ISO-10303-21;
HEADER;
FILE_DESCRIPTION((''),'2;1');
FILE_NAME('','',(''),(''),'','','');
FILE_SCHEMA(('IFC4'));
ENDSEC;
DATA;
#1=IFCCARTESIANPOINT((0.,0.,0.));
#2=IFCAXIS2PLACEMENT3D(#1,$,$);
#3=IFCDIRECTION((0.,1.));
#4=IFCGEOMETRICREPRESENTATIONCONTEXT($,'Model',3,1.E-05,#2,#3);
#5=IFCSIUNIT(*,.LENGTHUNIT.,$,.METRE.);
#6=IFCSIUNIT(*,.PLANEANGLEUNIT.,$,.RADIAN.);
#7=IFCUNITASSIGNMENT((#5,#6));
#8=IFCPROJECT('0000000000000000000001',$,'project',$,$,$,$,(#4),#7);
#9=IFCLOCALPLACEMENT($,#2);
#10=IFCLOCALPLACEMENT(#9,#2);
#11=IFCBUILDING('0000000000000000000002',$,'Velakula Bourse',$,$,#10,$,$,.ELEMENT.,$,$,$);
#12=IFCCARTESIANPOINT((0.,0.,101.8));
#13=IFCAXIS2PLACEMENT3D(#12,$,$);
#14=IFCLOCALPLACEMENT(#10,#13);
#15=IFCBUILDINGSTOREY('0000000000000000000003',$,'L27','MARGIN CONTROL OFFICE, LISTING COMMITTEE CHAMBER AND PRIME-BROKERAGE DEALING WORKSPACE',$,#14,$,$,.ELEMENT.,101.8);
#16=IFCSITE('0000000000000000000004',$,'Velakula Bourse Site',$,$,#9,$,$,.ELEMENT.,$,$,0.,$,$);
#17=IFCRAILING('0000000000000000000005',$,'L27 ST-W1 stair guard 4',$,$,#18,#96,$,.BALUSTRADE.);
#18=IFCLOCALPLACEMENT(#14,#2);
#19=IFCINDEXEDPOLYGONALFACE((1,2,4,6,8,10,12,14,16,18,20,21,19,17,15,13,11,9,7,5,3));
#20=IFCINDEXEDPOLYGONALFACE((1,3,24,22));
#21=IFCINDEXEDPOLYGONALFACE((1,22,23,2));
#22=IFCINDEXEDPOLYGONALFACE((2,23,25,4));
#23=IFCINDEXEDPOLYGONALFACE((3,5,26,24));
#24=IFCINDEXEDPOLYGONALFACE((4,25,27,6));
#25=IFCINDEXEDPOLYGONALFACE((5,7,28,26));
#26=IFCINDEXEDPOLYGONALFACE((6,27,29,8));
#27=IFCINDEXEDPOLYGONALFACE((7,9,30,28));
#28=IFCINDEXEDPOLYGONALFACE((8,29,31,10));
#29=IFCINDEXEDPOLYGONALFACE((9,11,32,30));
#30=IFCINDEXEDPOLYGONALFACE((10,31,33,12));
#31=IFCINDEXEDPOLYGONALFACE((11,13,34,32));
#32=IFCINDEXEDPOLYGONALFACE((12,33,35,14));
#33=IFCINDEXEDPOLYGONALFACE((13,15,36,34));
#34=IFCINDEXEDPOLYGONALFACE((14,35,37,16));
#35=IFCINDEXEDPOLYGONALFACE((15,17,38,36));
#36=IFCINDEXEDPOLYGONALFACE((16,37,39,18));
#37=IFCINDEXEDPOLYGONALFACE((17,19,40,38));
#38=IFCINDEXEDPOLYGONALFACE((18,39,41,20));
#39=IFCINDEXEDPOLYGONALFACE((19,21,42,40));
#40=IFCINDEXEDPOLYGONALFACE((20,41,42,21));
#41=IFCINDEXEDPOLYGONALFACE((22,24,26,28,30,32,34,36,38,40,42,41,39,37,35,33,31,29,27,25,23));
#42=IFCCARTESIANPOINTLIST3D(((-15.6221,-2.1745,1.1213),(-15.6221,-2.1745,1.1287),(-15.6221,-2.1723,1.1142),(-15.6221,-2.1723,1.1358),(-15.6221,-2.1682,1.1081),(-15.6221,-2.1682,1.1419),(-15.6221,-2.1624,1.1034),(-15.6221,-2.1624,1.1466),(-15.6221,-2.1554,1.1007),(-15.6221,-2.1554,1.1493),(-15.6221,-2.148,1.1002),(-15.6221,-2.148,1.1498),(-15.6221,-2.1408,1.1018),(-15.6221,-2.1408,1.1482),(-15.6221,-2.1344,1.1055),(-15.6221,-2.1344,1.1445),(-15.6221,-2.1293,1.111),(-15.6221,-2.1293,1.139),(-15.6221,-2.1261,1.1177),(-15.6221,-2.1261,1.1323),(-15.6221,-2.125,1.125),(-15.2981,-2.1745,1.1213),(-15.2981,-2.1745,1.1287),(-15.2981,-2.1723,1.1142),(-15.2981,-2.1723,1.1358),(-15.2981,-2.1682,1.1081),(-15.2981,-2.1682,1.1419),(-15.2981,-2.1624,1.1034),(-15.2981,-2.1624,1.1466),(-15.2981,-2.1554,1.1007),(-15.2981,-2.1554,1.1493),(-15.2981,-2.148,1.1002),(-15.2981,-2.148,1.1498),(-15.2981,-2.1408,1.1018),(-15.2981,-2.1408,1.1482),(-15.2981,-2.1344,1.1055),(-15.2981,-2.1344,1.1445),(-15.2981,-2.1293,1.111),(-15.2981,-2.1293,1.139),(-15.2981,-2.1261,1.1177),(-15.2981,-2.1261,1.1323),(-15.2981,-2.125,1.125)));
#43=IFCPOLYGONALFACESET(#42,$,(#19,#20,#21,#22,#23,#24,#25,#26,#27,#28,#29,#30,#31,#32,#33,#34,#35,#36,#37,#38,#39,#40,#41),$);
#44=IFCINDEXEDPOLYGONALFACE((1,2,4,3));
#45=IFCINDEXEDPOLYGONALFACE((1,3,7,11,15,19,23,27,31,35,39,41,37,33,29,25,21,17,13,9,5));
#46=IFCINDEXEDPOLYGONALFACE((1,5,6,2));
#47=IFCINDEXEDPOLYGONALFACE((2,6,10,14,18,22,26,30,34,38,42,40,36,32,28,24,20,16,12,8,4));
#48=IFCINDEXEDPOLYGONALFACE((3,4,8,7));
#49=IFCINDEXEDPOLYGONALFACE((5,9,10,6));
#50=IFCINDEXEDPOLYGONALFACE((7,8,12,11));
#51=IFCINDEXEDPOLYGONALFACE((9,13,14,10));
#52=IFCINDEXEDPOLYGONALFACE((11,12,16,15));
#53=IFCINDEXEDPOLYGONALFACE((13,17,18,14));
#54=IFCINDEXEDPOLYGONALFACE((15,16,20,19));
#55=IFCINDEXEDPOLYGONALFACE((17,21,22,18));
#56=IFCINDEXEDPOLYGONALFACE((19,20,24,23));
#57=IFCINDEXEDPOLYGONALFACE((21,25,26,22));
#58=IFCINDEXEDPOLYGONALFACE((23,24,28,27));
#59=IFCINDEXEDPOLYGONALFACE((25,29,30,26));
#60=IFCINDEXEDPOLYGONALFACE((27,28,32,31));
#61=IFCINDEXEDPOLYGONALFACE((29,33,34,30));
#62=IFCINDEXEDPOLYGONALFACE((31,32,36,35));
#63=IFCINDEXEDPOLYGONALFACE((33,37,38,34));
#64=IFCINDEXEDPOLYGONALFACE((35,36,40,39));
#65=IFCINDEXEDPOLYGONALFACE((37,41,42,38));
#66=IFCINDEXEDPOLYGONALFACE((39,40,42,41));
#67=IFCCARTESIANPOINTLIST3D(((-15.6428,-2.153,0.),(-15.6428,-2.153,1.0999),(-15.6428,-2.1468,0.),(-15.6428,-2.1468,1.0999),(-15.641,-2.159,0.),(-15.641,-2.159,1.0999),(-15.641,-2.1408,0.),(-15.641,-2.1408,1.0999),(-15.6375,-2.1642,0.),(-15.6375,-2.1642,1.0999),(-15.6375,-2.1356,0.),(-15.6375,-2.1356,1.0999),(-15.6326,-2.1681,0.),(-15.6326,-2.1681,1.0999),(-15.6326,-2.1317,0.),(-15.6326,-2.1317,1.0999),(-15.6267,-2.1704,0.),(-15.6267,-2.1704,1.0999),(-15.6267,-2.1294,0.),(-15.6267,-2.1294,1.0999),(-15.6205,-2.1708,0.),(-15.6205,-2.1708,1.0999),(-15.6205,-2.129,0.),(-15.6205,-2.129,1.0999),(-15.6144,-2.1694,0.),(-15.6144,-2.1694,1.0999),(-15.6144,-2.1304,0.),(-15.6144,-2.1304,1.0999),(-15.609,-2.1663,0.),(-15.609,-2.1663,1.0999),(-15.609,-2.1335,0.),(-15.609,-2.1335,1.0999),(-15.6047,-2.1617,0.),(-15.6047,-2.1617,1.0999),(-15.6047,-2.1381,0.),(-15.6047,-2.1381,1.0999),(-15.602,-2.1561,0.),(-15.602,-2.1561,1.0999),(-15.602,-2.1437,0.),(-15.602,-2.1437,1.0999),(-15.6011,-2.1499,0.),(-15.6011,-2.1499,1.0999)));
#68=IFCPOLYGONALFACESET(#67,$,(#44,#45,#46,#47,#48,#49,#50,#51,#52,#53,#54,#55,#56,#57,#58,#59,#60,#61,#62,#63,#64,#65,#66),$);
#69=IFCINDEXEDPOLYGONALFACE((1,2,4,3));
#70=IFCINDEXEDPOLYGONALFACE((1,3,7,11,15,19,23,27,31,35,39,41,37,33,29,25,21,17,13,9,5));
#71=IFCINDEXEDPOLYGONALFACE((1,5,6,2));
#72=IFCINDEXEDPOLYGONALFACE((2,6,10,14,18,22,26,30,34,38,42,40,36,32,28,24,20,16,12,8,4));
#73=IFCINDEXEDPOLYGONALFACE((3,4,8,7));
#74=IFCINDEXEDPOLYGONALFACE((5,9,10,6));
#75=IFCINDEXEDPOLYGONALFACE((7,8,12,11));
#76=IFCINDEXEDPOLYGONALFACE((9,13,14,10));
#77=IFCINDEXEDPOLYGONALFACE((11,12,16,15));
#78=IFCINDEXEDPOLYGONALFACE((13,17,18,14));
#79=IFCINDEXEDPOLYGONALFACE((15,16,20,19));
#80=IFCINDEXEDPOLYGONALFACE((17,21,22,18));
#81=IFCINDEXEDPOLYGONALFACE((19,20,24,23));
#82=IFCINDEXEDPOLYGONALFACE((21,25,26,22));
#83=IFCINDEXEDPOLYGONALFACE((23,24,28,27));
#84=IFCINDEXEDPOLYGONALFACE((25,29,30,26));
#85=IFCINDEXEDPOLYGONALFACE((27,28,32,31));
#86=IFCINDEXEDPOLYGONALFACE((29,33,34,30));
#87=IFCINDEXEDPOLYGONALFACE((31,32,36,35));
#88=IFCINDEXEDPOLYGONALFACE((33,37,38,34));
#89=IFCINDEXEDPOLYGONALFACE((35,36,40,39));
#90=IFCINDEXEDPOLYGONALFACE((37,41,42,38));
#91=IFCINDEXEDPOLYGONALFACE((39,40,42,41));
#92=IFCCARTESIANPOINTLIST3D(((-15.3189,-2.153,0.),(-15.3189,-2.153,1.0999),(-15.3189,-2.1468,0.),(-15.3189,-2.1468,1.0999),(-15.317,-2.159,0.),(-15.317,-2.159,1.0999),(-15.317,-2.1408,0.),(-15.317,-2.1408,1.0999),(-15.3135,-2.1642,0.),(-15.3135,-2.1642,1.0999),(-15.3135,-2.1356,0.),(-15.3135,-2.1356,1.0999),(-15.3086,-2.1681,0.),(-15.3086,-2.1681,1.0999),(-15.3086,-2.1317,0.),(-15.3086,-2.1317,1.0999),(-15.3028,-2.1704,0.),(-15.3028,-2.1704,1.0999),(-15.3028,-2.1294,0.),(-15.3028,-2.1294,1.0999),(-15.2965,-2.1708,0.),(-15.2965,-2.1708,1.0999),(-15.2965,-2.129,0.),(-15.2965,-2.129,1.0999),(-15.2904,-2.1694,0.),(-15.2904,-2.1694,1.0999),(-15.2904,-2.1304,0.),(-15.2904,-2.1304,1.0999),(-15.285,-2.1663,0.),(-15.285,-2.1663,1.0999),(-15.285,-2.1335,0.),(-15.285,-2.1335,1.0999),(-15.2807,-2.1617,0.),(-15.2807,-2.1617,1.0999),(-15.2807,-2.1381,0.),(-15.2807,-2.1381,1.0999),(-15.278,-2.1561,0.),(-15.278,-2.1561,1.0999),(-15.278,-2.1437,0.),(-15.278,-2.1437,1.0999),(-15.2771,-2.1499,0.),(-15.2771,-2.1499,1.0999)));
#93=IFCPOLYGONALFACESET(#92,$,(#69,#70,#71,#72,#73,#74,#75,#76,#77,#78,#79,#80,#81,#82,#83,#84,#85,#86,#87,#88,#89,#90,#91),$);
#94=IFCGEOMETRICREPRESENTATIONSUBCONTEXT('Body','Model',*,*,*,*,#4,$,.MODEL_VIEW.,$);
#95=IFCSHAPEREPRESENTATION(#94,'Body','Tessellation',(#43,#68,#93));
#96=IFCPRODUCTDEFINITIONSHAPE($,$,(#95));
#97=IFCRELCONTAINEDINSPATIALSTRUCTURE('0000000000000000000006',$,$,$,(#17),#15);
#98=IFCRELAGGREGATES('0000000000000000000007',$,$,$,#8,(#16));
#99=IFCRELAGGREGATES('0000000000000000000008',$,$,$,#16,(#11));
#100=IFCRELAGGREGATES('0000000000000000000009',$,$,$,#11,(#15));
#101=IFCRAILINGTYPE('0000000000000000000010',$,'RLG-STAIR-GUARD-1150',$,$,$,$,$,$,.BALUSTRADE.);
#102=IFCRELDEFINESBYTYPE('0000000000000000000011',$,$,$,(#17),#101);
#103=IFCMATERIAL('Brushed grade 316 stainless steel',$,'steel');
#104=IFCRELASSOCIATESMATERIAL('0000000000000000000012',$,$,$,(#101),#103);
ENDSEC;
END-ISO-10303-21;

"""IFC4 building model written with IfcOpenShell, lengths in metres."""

from ifc_helpers import new_model, si_unit, direction, frame, origin, origin_2d, place, context, subcontext, project, spatial, circle, extrude, material, type_object, element, save


model = new_model("IFC4")

# Units and contexts
model_context = context("Model", 3, precision=1e-05, world=origin(), true_north=direction((0.0, 1.0)))
body_context = subcontext(model_context, "Body", "Model", "MODEL_VIEW")
ifc_project = project(units=[si_unit("LENGTHUNIT", "METRE"), si_unit("PLANEANGLEUNIT", "RADIAN")], contexts=[model_context])

# Site, building, storey
site_placement = place(None, origin())
site = spatial("IfcSite", under=ifc_project, at=site_placement, Name="Velakula Bourse Site", CompositionType="ELEMENT", RefElevation=0.0)
building_placement = place(site_placement, origin())
building = spatial("IfcBuilding", under=site, at=building_placement, Name="Velakula Bourse", CompositionType="ELEMENT")
storey_placement = place(building_placement, frame((0.0, 0.0, 101.8)))
storey = spatial("IfcBuildingStorey", under=building, at=storey_placement, Name="L27", Description="MARGIN CONTROL OFFICE, LISTING COMMITTEE CHAMBER AND PRIME-BROKERAGE DEALING WORKSPACE", CompositionType="ELEMENT", Elevation=101.8)

# Shared definitions
ifc_material_1 = material(Name="Brushed grade 316 stainless steel", Category="steel")

# Railing
railing_type_1 = type_object("IfcRailingType", Name="RLG-STAIR-GUARD-1150", PredefinedType="BALUSTRADE", material=ifc_material_1)
railing_1_placement = place(storey_placement, frame((-15.6221, -2.1499, 0.0)))
element("IfcRailing", 1, at=railing_1_placement, inside=storey, type_object=railing_type_1, Name="L27 ST-W1 stair guard 4", PredefinedType="BALUSTRADE", context=body_context, shape_type="SweptSolid", body=[
    extrude(circle(Radius=0.0249, at=origin_2d()), frame((0.0, 0.0, 1.125), z_axis=(1.0, 0.0, 0.0), x_axis=(0.0, 1.0, 0.0)), (0.0, 0.0, 1.0), 0.324),
    extrude(circle(Radius=0.021, at=origin_2d()), origin(), (0.0, 0.0, 1.0), 1.0999),
    extrude(circle(Radius=0.021, at=origin_2d()), frame((0.324, 0.0, 0.0)), (0.0, 0.0, 1.0), 1.0999),
])

save(model, "model.ifc")
